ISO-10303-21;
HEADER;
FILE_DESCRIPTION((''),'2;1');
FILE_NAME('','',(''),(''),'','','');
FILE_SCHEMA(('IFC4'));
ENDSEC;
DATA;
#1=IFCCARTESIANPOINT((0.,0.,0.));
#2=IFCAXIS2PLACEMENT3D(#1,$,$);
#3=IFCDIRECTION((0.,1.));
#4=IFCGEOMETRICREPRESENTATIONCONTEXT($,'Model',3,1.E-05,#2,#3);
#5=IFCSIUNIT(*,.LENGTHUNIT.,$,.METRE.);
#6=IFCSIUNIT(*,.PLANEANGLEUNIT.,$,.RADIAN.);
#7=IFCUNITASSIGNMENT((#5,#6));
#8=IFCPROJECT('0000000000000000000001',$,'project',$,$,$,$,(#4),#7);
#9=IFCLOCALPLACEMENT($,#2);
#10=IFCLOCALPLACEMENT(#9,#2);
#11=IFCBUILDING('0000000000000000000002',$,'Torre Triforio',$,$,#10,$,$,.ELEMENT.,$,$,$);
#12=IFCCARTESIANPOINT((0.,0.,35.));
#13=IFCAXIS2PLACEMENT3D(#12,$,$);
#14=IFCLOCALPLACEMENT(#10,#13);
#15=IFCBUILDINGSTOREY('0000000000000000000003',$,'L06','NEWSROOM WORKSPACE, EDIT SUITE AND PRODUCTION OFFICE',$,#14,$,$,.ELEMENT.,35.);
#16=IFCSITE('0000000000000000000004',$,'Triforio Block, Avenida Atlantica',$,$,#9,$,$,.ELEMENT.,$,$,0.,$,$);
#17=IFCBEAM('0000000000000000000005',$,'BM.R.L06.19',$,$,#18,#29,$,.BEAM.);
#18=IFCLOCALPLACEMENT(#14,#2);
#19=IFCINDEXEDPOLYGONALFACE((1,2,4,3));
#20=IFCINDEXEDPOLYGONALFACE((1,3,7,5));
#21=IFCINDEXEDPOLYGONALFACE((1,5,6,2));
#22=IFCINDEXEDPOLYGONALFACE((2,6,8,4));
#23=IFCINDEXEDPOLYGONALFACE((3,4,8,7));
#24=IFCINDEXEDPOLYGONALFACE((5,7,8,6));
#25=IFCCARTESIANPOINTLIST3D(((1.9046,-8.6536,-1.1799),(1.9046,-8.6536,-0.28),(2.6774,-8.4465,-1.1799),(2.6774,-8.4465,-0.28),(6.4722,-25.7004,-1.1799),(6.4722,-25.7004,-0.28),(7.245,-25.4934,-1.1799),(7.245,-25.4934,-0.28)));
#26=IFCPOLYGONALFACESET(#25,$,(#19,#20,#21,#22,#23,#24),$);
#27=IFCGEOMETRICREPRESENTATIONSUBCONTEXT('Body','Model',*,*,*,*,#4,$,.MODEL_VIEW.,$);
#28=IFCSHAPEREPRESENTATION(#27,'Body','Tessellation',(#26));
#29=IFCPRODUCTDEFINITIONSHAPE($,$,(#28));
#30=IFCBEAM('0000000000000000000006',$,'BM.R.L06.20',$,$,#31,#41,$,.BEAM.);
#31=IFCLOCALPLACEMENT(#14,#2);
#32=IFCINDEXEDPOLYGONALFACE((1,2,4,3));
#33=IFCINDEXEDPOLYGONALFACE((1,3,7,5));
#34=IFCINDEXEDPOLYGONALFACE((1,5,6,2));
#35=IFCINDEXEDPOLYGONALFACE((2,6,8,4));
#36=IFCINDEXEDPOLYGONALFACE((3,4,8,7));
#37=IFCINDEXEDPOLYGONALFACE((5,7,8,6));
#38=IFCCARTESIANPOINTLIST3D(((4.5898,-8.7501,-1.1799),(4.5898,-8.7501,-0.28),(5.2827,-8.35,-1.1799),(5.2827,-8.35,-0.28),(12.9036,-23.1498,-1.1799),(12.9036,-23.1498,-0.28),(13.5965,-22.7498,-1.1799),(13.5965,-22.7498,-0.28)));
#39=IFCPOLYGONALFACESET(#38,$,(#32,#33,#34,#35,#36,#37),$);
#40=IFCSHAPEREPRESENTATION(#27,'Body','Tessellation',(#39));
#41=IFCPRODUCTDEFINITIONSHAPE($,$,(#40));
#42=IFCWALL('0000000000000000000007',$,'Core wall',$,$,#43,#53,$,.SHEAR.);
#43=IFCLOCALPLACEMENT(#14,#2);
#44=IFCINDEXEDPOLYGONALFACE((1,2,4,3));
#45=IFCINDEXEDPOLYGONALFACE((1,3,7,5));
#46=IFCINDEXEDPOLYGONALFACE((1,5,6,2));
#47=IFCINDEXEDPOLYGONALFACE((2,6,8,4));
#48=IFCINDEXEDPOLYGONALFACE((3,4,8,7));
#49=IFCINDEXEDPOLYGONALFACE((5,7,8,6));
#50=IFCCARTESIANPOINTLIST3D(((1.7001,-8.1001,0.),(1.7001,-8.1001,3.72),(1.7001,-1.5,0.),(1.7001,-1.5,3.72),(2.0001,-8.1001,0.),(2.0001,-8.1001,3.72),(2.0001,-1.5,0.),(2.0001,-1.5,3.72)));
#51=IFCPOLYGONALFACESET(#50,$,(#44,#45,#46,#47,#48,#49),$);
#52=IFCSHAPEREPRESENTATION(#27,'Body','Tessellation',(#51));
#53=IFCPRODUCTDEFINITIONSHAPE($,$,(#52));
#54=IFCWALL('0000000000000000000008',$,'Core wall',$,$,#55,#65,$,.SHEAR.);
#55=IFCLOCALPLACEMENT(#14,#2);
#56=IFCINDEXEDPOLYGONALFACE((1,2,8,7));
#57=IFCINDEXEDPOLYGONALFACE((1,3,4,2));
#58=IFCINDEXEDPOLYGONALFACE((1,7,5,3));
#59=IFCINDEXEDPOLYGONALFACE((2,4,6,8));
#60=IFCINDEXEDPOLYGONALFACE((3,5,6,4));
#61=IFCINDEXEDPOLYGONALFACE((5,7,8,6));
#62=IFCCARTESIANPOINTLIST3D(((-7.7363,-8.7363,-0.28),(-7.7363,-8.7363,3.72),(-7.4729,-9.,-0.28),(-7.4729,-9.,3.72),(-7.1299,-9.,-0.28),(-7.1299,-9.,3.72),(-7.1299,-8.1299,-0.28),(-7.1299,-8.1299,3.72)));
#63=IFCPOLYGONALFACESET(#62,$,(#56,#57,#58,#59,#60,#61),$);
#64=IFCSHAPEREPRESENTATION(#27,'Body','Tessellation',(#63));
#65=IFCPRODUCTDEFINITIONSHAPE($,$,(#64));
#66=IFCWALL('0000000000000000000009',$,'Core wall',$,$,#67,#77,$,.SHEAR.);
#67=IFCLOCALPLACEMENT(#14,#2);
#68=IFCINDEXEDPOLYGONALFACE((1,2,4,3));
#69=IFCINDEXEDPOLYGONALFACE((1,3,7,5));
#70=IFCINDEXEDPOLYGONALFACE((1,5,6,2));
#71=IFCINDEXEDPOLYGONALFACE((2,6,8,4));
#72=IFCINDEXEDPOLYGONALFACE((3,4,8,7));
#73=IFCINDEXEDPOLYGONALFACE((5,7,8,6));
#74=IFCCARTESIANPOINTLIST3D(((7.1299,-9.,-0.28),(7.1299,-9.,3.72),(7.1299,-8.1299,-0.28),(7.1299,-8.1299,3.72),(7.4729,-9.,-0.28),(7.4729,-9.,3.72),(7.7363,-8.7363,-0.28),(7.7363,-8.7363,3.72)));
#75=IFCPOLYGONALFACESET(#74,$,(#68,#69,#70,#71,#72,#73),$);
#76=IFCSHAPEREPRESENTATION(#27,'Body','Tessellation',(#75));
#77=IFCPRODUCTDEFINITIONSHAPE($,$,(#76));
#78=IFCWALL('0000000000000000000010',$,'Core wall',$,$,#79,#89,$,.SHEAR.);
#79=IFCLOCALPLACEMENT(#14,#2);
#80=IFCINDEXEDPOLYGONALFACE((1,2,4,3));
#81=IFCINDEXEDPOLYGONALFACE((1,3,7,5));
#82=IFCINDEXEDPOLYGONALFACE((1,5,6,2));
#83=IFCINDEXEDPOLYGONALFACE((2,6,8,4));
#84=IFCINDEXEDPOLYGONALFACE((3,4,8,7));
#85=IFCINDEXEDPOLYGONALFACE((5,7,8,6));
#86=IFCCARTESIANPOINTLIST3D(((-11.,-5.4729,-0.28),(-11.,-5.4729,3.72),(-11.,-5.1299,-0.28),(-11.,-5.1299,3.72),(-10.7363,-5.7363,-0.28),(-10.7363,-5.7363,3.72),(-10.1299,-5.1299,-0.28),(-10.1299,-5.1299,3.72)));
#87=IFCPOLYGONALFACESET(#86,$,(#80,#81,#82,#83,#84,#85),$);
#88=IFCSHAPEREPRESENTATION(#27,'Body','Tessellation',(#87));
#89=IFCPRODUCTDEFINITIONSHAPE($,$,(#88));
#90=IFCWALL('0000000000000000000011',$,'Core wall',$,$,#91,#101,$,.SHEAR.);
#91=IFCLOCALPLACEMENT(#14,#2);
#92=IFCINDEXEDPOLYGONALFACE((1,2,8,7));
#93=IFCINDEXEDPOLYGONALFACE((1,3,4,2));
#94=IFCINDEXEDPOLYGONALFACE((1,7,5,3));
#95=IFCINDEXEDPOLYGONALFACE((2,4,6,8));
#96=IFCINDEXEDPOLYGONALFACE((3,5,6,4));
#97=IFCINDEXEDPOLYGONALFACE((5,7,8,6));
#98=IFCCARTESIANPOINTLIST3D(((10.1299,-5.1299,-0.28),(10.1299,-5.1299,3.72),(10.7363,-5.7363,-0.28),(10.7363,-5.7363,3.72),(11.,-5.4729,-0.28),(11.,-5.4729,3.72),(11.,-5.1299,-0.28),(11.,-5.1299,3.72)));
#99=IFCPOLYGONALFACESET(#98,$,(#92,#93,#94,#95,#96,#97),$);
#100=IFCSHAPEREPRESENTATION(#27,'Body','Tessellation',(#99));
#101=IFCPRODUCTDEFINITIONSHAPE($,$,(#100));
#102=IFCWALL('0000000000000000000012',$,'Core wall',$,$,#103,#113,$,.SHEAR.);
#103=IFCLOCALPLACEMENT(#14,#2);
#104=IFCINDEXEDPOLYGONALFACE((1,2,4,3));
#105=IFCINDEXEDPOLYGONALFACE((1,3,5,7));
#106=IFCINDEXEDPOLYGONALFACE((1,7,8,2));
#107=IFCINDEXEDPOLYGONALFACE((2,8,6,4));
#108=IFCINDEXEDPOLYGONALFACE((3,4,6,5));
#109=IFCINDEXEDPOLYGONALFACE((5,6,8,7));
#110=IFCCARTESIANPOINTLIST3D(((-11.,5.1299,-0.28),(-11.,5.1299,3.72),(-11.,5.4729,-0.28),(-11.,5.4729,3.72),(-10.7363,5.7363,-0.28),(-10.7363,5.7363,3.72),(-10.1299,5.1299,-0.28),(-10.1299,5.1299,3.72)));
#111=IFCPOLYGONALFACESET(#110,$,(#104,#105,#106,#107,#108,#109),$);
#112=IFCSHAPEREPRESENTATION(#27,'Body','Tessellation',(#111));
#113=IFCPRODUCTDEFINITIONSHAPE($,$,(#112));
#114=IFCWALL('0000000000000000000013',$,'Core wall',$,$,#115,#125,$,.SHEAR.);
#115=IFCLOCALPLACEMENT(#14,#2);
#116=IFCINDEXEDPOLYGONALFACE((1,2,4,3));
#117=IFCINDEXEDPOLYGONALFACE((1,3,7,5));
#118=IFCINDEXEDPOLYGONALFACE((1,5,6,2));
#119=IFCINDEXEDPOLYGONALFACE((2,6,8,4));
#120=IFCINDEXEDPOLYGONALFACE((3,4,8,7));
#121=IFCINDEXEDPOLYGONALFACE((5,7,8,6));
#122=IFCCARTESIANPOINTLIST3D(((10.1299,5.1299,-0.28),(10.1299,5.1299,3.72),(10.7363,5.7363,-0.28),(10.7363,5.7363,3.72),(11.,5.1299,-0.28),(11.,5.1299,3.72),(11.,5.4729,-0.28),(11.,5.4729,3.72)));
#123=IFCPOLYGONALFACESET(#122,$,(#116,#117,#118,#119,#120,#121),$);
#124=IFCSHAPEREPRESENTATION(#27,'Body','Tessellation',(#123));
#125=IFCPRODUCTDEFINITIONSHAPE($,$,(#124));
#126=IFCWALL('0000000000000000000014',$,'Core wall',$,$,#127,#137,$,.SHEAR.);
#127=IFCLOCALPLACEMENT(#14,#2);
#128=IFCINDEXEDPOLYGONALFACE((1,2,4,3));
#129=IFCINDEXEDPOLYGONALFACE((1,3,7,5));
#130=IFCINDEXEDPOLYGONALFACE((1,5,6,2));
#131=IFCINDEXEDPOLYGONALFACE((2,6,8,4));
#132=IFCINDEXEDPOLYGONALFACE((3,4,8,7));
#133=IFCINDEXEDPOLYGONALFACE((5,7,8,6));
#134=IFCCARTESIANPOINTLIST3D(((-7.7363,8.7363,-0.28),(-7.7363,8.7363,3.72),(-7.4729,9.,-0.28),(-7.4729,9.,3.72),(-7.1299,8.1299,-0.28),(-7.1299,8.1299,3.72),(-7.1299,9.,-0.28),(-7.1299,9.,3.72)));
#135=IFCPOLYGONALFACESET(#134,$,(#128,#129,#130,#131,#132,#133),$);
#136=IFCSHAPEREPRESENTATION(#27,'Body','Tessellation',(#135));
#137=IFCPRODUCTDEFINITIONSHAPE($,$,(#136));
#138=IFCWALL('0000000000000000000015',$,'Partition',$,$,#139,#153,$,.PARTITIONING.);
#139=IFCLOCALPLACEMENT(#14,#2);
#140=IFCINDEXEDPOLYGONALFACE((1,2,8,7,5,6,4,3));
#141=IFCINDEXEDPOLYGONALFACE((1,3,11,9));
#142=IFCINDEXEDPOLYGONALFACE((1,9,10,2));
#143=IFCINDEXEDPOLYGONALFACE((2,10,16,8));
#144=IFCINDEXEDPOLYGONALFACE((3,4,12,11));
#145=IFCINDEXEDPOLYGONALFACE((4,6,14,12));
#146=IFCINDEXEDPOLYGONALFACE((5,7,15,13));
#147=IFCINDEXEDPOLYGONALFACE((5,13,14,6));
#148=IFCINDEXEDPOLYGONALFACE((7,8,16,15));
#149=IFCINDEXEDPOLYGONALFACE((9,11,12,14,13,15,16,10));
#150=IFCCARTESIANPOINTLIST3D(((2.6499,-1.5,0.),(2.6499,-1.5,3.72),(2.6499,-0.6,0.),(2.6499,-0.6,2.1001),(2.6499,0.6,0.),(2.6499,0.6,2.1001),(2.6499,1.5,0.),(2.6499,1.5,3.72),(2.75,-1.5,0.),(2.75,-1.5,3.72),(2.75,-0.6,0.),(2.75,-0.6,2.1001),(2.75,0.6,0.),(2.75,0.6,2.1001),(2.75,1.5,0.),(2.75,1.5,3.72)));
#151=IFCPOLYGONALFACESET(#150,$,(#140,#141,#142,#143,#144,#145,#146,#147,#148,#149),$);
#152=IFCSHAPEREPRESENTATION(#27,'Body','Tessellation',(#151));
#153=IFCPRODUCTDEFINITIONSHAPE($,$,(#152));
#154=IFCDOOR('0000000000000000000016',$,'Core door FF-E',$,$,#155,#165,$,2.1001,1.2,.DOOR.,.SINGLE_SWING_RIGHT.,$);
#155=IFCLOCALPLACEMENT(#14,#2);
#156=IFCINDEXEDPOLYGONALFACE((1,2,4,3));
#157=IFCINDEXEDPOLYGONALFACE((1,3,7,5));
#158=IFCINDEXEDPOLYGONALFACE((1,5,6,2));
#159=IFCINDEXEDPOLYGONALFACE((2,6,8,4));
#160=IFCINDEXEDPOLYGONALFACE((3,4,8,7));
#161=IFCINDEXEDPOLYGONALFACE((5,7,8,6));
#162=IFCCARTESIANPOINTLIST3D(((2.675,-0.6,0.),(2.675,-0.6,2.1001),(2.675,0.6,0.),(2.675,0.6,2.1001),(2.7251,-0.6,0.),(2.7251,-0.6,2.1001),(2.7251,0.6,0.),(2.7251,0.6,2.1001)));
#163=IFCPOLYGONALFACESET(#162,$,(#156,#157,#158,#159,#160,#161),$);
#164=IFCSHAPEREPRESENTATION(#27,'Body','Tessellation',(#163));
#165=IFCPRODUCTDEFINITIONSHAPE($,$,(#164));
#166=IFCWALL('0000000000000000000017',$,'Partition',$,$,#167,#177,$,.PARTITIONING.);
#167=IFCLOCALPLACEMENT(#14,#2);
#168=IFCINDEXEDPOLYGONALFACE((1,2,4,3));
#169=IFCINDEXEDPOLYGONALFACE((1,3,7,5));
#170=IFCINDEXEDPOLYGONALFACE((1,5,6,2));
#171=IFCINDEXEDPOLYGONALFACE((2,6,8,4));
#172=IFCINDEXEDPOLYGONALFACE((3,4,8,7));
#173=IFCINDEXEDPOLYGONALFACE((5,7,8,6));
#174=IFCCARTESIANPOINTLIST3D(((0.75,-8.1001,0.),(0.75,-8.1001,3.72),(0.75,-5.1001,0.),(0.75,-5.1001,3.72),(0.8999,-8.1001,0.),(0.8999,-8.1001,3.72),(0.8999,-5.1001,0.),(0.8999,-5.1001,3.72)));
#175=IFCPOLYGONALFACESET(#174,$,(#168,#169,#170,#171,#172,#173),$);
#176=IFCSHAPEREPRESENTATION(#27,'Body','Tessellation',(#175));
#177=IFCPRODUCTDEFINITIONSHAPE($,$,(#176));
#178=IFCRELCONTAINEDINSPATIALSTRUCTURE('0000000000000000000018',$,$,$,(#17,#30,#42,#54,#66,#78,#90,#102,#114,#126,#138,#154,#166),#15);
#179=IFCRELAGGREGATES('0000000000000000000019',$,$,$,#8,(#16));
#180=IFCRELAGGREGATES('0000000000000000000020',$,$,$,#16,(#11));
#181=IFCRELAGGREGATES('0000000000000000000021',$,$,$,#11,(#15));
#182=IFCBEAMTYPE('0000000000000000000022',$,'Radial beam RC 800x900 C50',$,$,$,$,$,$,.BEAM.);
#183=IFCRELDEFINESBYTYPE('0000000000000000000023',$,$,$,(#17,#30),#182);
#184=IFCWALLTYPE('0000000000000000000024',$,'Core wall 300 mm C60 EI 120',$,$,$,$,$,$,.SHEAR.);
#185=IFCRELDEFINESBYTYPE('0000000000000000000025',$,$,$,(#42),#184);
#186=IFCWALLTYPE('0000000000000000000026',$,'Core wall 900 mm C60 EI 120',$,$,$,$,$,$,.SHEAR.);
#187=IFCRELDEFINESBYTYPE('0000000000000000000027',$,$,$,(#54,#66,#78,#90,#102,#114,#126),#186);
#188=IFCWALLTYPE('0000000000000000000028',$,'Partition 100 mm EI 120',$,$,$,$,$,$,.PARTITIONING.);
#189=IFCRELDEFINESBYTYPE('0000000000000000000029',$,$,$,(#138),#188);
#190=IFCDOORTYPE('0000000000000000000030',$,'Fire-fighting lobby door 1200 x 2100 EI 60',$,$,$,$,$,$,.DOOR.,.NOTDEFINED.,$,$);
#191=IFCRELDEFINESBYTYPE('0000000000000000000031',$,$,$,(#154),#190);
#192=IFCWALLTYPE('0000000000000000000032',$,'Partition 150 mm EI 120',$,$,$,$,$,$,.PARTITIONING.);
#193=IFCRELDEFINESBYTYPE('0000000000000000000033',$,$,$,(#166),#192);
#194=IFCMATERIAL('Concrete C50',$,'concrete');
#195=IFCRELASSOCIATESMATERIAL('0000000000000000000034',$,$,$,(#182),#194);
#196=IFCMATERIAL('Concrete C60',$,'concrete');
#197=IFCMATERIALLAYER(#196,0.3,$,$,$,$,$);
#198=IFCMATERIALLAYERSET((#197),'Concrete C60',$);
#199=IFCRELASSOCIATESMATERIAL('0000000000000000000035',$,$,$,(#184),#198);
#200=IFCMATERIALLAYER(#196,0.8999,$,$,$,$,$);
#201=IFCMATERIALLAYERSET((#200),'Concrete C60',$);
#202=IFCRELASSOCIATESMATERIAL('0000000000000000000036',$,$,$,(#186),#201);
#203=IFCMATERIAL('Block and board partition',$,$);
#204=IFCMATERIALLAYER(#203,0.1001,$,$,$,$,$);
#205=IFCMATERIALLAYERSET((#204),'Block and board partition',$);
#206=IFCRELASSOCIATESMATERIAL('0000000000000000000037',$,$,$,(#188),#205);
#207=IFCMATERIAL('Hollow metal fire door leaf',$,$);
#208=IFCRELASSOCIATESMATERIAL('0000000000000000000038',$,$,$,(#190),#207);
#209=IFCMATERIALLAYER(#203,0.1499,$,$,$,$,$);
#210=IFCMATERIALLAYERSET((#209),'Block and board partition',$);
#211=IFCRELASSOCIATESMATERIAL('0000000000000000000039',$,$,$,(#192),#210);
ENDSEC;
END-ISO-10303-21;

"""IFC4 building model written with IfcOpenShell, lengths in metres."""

from ifc_helpers import new_model, si_unit, direction, frame, frame_2d, origin, origin_2d, place, context, subcontext, project, spatial, polyline, rectangle, outline, extrude, material, layer, layer_set, material_profile, profile_set, type_object, element, fill, save


model = new_model("IFC4")

# Units and contexts
model_context = context("Model", 3, precision=1e-05, world=origin(), true_north=direction((0.0, 1.0)))
body_context = subcontext(model_context, "Body", "Model", "MODEL_VIEW")
ifc_project = project(units=[si_unit("LENGTHUNIT", "METRE"), si_unit("PLANEANGLEUNIT", "RADIAN")], contexts=[model_context])

# Site, building, storey
site_placement = place(None, origin())
site = spatial("IfcSite", under=ifc_project, at=site_placement, Name="Triforio Block, Avenida Atlantica", CompositionType="ELEMENT", RefElevation=0.0)
building_placement = place(site_placement, origin())
building = spatial("IfcBuilding", under=site, at=building_placement, Name="Torre Triforio", CompositionType="ELEMENT")
storey_placement = place(building_placement, frame((0.0, 0.0, 35.0)))
storey = spatial("IfcBuildingStorey", under=building, at=storey_placement, Name="L06", Description="NEWSROOM WORKSPACE, EDIT SUITE AND PRODUCTION OFFICE", CompositionType="ELEMENT", Elevation=35.0)

# Beams
ifc_material_1 = material(Name="Concrete C50", Category="concrete")
ifc_material_profile = material_profile(ifc_material_1, rectangle(XDim=0.8, YDim=0.8999, at=origin_2d()), Name="RC 800x900")
ifc_profile_set = profile_set([ifc_material_profile], Name="Concrete C50")
beam_type = type_object("IfcBeamType", Name="Radial beam RC 800x900 C50", PredefinedType="BEAM", material=ifc_profile_set)
beam_1_placement = place(storey_placement, frame((2.291, -8.55, -0.73), z_axis=(0.258815, -0.965927, 0.0), x_axis=(0.965927, 0.258815, 0.0)))
element("IfcBeam", 1, at=beam_1_placement, inside=storey, type_object=beam_type, Name="BM.R.L06.19", PredefinedType="BEAM", context=body_context, shape_type="SweptSolid", body=[
    extrude(rectangle(XDim=0.8, YDim=0.8999, at=origin_2d()), origin(), (0.0, 0.0, 1.0), 17.6482),
])
beam_2_placement = place(storey_placement, frame((4.9363, -8.55, -0.73), z_axis=(0.500003, -0.866023, 0.0), x_axis=(0.866023, 0.500003, 0.0)))
element("IfcBeam", 2, at=beam_2_placement, inside=storey, type_object=beam_type, Name="BM.R.L06.20", PredefinedType="BEAM", context=body_context, shape_type="SweptSolid", body=[
    extrude(rectangle(XDim=0.8, YDim=0.8999, at=origin_2d()), origin(), (0.0, 0.0, 1.0), 16.6274),
])

# Walls
ifc_material_2 = material(Name="Concrete C60", Category="concrete")
ifc_layer_1 = layer(ifc_material_2, 0.3)
ifc_layer_set_1 = layer_set([ifc_layer_1], Name="Concrete C60")
wall_type_1 = type_object("IfcWallType", Name="Core wall 300 mm C60 EI 120", PredefinedType="SHEAR", material=ifc_layer_set_1)
wall_1_placement = place(storey_placement, frame((1.8501, -8.1001, 0.0), z_axis=(0.0, 0.0, 1.0), x_axis=(0.0, 1.0, 0.0)))
element("IfcWall", 3, at=wall_1_placement, inside=storey, type_object=wall_type_1, Name="Core wall", PredefinedType="SHEAR", context=body_context, shape_type="SweptSolid", body=[
    extrude(rectangle(XDim=6.6001, YDim=0.3, at=frame_2d((3.3, 0.0))), origin(), (0.0, 0.0, 1.0), 3.72),
])
ifc_layer_2 = layer(ifc_material_2, 0.8999)
ifc_layer_set_2 = layer_set([ifc_layer_2], Name="Concrete C60")
wall_type_2 = type_object("IfcWallType", Name="Core wall 900 mm C60 EI 120", PredefinedType="SHEAR", material=ifc_layer_set_2)
wall_2_placement = place(storey_placement, frame((0.0, 0.0, -0.28)))
element("IfcWall", 4, at=wall_2_placement, inside=storey, type_object=wall_type_2, Name="Core wall", PredefinedType="SHEAR", context=body_context, shape_type="SweptSolid", body=[
    extrude(outline(polyline([(-7.4729, -9.0), (-7.7363, -8.7363), (-7.1299, -8.1299), (-7.1299, -9.0), (-7.4729, -9.0)])), origin(), (0.0, 0.0, 1.0), 4.0),
])
wall_3_placement = place(storey_placement, frame((0.0, 0.0, -0.28)))
element("IfcWall", 5, at=wall_3_placement, inside=storey, type_object=wall_type_2, Name="Core wall", PredefinedType="SHEAR", context=body_context, shape_type="SweptSolid", body=[
    extrude(outline(polyline([(7.4729, -9.0), (7.1299, -9.0), (7.1299, -8.1299), (7.7363, -8.7363), (7.4729, -9.0)])), origin(), (0.0, 0.0, 1.0), 4.0),
])
wall_4_placement = place(storey_placement, frame((0.0, 0.0, -0.28)))
element("IfcWall", 6, at=wall_4_placement, inside=storey, type_object=wall_type_2, Name="Core wall", PredefinedType="SHEAR", context=body_context, shape_type="SweptSolid", body=[
    extrude(outline(polyline([(-11.0, -5.4729), (-11.0, -5.1299), (-10.1299, -5.1299), (-10.7363, -5.7363), (-11.0, -5.4729)])), origin(), (0.0, 0.0, 1.0), 4.0),
])
wall_5_placement = place(storey_placement, frame((0.0, 0.0, -0.28)))
element("IfcWall", 7, at=wall_5_placement, inside=storey, type_object=wall_type_2, Name="Core wall", PredefinedType="SHEAR", context=body_context, shape_type="SweptSolid", body=[
    extrude(outline(polyline([(11.0, -5.4729), (10.7363, -5.7363), (10.1299, -5.1299), (11.0, -5.1299), (11.0, -5.4729)])), origin(), (0.0, 0.0, 1.0), 4.0),
])
wall_6_placement = place(storey_placement, frame((0.0, 0.0, -0.28)))
element("IfcWall", 8, at=wall_6_placement, inside=storey, type_object=wall_type_2, Name="Core wall", PredefinedType="SHEAR", context=body_context, shape_type="SweptSolid", body=[
    extrude(outline(polyline([(-10.7363, 5.7363), (-10.1299, 5.1299), (-11.0, 5.1299), (-11.0, 5.4729), (-10.7363, 5.7363)])), origin(), (0.0, 0.0, 1.0), 4.0),
])
wall_7_placement = place(storey_placement, frame((0.0, 0.0, -0.28)))
element("IfcWall", 9, at=wall_7_placement, inside=storey, type_object=wall_type_2, Name="Core wall", PredefinedType="SHEAR", context=body_context, shape_type="SweptSolid", body=[
    extrude(outline(polyline([(11.0, 5.4729), (11.0, 5.1299), (10.1299, 5.1299), (10.7363, 5.7363), (11.0, 5.4729)])), origin(), (0.0, 0.0, 1.0), 4.0),
])
wall_8_placement = place(storey_placement, frame((0.0, 0.0, -0.28)))
element("IfcWall", 10, at=wall_8_placement, inside=storey, type_object=wall_type_2, Name="Core wall", PredefinedType="SHEAR", context=body_context, shape_type="SweptSolid", body=[
    extrude(outline(polyline([(-7.4729, 9.0), (-7.1299, 9.0), (-7.1299, 8.1299), (-7.7363, 8.7363), (-7.4729, 9.0)])), origin(), (0.0, 0.0, 1.0), 4.0),
])

# Wall, opening, door
ifc_material_3 = material(Name="Block and board partition")
ifc_layer_3 = layer(ifc_material_3, 0.1001)
ifc_layer_set_3 = layer_set([ifc_layer_3], Name="Block and board partition")
wall_type_3 = type_object("IfcWallType", Name="Partition 100 mm EI 120", PredefinedType="PARTITIONING", material=ifc_layer_set_3)
wall_9_placement = place(storey_placement, frame((2.7, -1.5, 0.0), z_axis=(0.0, 0.0, 1.0), x_axis=(0.0, 1.0, 0.0)))
wall_9 = element("IfcWall", 11, at=wall_9_placement, inside=storey, type_object=wall_type_3, Name="Partition", PredefinedType="PARTITIONING", context=body_context, shape_type="SweptSolid", body=[
    extrude(rectangle(XDim=3.0, YDim=0.1001, at=frame_2d((1.5, 0.0))), origin(), (0.0, 0.0, 1.0), 3.72),
])
opening_placement = place(wall_9_placement, frame((0.8999, 0.0, 0.0)))
opening = element("IfcOpeningElement", 12, at=opening_placement, cuts=wall_9, PredefinedType="OPENING", context=body_context, shape_type="SweptSolid", body=[
    extrude(rectangle(XDim=1.2, YDim=2.1001, at=frame_2d((0.6001, 1.05))), frame((0.0, 0.0601, 0.0), z_axis=(0.0, -1.0, 0.0), x_axis=(1.0, 0.0, 0.0)), (0.0, 0.0, 1.0), 0.1201),
])
ifc_material_4 = material(Name="Hollow metal fire door leaf")
door_type = type_object("IfcDoorType", Name="Fire-fighting lobby door 1200 x 2100 EI 60", OperationType="NOTDEFINED", PredefinedType="DOOR", material=ifc_material_4)
door_placement = place(opening_placement, origin())
door = element("IfcDoor", 13, at=door_placement, inside=storey, type_object=door_type, Name="Core door FF-E", OperationType="SINGLE_SWING_RIGHT", OverallHeight=2.1001, OverallWidth=1.2, PredefinedType="DOOR", context=body_context, shape_type="SweptSolid", body=[
    extrude(rectangle(XDim=1.2, YDim=2.1001, at=frame_2d((0.6001, 1.05))), frame((0.0, 0.0249, 0.0), z_axis=(0.0, -1.0, 0.0), x_axis=(1.0, 0.0, 0.0)), (0.0, 0.0, 1.0), 0.05),
])
fill(opening, door)

# Wall
ifc_layer_4 = layer(ifc_material_3, 0.1499)
ifc_layer_set_4 = layer_set([ifc_layer_4], Name="Block and board partition")
wall_type_4 = type_object("IfcWallType", Name="Partition 150 mm EI 120", PredefinedType="PARTITIONING", material=ifc_layer_set_4)
wall_10_placement = place(storey_placement, frame((0.825, -8.1001, 0.0), z_axis=(0.0, 0.0, 1.0), x_axis=(0.0, 1.0, 0.0)))
element("IfcWall", 14, at=wall_10_placement, inside=storey, type_object=wall_type_4, Name="Partition", PredefinedType="PARTITIONING", context=body_context, shape_type="SweptSolid", body=[
    extrude(rectangle(XDim=3.0, YDim=0.1499, at=frame_2d((1.5, 0.0))), origin(), (0.0, 0.0, 1.0), 3.72),
])

save(model, "model.ifc")
